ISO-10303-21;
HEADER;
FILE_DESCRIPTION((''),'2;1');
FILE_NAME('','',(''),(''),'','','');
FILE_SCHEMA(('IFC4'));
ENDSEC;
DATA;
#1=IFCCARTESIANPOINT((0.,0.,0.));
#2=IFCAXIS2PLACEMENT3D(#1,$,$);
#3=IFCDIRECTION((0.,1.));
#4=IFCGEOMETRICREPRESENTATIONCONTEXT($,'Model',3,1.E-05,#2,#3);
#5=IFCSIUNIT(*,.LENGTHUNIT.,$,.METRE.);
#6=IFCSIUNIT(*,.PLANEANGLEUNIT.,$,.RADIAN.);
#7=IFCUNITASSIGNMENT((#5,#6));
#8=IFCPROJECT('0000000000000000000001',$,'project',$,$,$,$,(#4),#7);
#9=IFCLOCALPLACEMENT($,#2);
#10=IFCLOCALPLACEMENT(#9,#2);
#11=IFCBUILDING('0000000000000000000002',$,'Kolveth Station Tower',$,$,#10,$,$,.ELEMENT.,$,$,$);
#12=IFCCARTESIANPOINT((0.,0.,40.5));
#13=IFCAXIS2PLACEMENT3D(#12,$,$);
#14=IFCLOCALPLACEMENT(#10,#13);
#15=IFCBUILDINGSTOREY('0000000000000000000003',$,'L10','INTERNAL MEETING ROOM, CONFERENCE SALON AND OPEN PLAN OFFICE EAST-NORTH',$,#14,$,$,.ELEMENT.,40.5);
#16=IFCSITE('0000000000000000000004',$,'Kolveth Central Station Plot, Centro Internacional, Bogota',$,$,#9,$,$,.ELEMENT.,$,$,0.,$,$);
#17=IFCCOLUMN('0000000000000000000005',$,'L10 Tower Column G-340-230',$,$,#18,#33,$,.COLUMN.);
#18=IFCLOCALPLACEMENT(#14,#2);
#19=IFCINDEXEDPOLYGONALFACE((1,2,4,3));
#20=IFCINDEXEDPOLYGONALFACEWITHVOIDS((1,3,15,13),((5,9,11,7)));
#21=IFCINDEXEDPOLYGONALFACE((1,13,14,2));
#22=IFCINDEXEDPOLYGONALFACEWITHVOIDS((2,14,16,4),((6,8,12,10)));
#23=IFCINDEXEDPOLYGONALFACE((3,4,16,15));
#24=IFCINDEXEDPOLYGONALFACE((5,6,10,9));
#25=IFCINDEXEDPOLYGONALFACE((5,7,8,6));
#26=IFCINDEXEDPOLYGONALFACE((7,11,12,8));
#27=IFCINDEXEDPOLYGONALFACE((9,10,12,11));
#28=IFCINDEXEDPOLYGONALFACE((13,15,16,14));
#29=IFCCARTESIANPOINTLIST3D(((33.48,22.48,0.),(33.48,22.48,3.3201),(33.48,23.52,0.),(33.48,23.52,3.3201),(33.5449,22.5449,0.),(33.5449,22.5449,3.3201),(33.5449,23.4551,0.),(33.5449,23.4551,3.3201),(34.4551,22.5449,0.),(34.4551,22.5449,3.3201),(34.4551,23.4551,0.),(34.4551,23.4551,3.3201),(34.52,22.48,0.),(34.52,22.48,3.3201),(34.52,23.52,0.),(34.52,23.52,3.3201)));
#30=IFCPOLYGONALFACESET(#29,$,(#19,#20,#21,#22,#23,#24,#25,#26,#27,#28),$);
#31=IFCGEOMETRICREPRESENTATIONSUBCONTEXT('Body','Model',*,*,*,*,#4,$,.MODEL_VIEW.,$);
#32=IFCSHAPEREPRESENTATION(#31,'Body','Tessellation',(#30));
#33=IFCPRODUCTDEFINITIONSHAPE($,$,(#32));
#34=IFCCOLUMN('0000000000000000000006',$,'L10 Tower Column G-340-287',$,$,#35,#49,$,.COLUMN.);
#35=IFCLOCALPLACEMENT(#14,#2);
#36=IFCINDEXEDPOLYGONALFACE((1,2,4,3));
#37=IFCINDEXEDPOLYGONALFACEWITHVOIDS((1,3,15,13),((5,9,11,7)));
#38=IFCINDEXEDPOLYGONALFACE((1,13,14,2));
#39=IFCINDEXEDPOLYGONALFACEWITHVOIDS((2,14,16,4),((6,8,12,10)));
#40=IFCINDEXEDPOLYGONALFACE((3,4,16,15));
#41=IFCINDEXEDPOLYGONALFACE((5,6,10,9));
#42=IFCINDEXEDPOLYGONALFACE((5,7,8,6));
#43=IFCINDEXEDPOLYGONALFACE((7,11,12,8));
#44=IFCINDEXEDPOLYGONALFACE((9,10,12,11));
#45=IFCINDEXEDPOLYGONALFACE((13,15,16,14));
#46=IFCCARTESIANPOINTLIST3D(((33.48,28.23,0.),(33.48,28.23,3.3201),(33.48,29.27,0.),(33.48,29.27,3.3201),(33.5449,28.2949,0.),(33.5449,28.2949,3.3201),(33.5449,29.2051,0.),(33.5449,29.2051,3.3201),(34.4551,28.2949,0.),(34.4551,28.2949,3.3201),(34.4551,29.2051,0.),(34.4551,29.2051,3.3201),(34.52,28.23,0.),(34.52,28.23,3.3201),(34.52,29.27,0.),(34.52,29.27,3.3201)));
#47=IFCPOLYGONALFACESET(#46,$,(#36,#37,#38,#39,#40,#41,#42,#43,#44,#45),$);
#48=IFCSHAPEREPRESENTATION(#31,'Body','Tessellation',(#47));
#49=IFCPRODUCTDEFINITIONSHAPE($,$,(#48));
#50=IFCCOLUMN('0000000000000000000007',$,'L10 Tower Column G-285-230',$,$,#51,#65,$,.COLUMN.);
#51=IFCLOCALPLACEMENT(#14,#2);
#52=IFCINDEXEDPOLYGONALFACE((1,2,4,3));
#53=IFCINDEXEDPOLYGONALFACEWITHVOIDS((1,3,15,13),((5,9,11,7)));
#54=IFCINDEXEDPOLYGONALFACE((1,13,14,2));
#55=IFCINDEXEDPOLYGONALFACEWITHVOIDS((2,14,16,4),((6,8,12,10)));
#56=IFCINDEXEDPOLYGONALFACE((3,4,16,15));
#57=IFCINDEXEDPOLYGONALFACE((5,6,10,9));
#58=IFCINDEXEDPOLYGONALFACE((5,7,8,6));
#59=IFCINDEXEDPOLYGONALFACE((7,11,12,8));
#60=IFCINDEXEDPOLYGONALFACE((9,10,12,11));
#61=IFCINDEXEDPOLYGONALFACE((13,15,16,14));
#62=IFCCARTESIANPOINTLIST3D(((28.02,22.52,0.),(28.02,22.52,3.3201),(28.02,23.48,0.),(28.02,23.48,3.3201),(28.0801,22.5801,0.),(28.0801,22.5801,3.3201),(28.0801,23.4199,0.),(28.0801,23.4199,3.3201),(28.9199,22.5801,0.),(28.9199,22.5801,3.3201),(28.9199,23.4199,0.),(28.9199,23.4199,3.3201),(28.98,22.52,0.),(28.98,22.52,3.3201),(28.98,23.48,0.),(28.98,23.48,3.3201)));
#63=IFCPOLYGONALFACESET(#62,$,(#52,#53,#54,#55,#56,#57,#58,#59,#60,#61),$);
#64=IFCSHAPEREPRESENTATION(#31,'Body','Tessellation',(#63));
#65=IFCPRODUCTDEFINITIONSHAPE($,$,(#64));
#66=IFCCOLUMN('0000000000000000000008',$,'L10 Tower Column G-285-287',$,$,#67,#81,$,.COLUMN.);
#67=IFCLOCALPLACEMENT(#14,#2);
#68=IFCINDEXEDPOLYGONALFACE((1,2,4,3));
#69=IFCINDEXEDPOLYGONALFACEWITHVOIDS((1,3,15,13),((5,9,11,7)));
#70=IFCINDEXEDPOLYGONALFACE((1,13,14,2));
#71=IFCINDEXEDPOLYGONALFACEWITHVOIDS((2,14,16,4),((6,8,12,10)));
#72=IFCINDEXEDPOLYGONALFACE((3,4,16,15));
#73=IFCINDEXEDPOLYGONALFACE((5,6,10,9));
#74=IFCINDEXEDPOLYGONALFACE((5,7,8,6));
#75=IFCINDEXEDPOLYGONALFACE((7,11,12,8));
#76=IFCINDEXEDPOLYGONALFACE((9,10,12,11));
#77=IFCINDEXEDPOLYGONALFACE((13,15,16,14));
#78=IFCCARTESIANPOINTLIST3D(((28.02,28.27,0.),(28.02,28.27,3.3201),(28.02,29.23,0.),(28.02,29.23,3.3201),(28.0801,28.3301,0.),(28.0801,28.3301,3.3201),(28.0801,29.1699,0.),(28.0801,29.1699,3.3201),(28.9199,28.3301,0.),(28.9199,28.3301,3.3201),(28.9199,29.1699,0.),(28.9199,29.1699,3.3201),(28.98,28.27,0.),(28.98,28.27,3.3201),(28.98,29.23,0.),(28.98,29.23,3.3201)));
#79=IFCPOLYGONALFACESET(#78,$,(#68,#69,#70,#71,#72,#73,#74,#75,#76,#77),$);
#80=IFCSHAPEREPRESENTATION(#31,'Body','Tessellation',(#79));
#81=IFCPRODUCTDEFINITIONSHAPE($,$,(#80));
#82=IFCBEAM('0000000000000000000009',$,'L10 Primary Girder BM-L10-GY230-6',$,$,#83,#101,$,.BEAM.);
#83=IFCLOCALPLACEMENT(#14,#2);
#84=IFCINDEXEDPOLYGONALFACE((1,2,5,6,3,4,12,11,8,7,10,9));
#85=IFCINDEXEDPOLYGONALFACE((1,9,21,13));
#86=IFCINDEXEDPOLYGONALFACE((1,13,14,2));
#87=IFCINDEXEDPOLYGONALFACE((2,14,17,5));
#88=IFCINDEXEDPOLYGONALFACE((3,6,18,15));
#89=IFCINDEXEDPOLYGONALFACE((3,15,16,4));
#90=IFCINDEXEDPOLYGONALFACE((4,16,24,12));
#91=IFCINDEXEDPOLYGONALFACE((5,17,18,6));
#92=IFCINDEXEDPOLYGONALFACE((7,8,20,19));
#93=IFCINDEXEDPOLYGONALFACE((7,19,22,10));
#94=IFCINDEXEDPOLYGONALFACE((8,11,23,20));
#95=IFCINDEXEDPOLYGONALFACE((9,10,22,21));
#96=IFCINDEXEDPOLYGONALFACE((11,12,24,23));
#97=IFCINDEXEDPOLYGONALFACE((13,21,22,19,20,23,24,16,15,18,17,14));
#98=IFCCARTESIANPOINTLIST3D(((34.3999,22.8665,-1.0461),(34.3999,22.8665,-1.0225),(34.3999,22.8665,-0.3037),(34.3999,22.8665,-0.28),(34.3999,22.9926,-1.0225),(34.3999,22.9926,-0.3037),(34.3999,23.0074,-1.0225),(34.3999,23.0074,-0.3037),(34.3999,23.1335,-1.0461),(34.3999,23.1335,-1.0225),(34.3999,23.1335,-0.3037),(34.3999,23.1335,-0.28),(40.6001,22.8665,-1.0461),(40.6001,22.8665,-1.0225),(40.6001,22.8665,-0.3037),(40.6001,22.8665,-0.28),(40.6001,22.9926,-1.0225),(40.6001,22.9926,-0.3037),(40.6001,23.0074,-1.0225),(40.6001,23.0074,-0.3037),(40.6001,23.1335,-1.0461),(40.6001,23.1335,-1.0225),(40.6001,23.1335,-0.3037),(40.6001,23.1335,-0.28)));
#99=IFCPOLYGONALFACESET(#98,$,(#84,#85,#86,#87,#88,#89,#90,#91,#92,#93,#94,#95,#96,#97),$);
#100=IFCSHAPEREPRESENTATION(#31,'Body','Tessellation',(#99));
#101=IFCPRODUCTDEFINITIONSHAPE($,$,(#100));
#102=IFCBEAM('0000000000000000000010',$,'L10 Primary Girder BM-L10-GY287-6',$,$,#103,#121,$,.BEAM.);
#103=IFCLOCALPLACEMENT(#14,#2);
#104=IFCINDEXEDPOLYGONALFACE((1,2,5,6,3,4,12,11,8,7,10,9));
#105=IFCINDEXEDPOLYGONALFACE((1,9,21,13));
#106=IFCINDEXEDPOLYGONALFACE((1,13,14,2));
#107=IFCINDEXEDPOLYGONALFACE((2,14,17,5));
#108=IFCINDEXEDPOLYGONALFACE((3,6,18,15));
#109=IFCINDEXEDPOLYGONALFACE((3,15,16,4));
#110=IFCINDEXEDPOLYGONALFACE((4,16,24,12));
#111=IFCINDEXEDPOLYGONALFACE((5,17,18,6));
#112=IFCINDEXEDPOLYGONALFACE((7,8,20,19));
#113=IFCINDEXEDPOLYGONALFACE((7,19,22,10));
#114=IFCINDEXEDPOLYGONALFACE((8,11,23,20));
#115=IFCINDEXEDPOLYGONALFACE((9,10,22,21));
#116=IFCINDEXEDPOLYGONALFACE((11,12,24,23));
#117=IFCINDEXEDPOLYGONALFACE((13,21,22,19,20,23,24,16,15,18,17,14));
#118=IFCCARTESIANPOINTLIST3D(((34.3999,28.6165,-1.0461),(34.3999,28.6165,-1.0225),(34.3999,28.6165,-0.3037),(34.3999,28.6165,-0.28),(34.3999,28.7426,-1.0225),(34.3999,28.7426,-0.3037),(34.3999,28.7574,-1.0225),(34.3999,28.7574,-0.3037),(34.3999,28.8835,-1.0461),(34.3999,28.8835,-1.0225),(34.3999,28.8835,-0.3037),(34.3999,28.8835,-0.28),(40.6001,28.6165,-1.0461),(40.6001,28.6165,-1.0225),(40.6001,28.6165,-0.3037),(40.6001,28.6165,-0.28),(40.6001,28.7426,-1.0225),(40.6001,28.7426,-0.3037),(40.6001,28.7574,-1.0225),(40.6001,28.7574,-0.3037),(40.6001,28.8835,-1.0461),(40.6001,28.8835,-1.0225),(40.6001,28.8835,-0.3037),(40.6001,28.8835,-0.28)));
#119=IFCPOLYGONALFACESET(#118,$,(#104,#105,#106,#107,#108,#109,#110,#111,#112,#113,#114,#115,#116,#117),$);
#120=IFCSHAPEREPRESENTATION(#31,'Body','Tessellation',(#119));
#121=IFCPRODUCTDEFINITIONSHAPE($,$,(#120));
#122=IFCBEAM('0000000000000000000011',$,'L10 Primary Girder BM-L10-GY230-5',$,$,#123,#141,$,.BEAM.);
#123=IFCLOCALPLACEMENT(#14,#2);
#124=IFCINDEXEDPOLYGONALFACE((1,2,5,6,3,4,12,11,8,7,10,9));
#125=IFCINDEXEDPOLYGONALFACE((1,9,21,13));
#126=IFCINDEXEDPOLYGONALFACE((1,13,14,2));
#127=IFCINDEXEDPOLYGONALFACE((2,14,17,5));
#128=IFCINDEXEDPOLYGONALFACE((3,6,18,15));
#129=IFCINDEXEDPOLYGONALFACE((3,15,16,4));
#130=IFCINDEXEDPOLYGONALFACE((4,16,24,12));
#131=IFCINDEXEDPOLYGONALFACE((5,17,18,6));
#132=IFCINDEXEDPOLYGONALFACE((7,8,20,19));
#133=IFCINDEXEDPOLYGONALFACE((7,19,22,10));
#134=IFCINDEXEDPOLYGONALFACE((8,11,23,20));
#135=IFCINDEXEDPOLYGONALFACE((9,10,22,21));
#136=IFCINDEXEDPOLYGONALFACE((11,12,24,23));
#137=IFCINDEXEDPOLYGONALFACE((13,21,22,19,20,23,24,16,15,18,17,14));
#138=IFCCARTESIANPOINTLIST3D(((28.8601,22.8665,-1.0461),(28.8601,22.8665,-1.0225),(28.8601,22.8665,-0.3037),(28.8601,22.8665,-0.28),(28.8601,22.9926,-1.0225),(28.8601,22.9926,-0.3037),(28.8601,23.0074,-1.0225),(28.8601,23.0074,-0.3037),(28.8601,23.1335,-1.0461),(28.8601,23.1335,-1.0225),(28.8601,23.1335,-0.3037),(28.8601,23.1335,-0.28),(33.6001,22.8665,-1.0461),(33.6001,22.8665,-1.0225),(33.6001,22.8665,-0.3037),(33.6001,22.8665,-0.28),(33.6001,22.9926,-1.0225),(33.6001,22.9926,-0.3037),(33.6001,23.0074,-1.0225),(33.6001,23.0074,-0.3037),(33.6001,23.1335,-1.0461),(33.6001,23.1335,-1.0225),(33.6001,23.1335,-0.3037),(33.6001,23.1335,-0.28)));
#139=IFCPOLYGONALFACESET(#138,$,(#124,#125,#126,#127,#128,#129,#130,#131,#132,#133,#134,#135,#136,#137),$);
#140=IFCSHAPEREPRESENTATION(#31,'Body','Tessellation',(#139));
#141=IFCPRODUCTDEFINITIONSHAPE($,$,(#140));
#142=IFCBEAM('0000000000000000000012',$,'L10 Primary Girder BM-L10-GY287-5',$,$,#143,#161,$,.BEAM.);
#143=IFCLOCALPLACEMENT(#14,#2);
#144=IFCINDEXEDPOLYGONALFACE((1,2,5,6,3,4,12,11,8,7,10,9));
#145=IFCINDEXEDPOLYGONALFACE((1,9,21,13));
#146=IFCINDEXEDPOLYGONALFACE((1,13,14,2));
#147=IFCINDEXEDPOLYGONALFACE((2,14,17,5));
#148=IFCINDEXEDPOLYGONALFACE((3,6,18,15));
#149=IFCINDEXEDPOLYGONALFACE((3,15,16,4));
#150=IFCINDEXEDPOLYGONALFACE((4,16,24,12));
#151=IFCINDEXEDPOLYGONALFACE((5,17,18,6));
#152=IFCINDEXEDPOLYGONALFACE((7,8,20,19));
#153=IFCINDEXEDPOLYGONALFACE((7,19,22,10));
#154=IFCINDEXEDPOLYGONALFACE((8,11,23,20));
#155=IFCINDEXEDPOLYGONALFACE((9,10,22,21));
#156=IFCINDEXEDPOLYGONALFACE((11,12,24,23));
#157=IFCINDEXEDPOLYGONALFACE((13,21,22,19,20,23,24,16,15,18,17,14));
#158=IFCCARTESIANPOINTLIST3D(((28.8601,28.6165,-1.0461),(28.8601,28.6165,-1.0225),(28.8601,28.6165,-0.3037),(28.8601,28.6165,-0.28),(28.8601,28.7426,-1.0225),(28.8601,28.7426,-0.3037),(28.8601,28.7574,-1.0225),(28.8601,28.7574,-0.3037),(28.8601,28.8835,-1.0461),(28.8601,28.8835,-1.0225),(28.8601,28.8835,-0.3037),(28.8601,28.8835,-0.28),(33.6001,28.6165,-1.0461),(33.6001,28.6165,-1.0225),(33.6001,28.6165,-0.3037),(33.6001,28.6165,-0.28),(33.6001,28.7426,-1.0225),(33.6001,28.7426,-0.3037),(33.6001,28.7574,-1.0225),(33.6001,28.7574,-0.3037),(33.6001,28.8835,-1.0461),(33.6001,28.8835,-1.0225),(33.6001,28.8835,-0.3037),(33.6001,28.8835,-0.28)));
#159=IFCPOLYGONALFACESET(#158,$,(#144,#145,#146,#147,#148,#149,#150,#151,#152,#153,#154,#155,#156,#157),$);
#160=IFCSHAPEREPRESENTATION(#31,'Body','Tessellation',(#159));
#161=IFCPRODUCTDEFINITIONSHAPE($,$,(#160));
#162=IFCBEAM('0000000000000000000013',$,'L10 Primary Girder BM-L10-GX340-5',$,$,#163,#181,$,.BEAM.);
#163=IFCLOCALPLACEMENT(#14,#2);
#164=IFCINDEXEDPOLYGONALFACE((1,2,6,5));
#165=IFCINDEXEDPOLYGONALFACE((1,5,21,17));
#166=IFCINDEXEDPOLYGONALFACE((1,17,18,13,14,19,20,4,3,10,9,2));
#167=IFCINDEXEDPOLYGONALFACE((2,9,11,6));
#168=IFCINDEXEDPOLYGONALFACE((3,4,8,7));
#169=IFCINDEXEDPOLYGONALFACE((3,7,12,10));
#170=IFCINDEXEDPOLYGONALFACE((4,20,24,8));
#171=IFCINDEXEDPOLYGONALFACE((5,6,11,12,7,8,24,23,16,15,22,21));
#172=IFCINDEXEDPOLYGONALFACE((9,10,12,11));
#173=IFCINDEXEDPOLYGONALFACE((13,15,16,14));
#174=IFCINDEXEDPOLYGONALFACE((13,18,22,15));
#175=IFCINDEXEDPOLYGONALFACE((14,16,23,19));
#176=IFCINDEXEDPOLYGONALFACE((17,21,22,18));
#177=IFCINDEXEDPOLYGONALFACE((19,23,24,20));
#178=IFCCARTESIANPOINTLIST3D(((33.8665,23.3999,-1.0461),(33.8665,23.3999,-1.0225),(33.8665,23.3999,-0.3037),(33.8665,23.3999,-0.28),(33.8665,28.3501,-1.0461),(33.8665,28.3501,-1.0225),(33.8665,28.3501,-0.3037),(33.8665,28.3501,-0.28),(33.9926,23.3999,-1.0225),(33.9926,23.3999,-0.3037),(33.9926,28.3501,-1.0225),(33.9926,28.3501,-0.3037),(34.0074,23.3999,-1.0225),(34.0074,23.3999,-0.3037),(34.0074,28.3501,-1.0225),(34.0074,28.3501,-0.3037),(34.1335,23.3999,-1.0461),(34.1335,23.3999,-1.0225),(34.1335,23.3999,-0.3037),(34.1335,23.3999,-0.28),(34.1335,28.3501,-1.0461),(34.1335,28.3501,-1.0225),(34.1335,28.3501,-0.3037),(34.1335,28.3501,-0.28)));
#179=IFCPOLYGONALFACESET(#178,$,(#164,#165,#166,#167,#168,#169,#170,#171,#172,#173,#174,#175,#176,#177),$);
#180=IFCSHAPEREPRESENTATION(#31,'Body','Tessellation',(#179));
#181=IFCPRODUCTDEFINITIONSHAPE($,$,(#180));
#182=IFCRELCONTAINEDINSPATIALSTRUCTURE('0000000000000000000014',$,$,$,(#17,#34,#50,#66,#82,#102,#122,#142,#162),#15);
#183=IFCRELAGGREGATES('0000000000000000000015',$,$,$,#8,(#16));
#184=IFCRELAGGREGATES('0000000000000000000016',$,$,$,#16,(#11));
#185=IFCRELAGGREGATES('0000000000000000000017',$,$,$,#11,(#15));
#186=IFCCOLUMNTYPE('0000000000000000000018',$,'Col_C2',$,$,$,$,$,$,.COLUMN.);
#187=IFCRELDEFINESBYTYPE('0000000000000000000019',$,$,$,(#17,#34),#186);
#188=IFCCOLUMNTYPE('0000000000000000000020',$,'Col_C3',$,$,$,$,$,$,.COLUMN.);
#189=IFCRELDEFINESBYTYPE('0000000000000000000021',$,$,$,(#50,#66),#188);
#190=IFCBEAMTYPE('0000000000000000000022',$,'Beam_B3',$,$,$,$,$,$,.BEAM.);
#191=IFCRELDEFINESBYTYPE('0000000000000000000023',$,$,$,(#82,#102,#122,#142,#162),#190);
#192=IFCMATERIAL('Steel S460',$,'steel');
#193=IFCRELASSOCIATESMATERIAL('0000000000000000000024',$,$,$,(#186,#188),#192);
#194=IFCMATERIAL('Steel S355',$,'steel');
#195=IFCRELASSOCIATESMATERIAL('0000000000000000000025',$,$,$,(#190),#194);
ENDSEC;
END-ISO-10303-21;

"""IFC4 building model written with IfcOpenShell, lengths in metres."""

from ifc_helpers import new_model, si_unit, direction, frame, origin, origin_2d, place, context, subcontext, project, spatial, hollow_rectangle, i_section, extrude, source, transform, mapped, material, material_profile, profile_set, type_object, element, save


model = new_model("IFC4")

# Units and contexts
model_context = context("Model", 3, precision=1e-05, world=origin(), true_north=direction((0.0, 1.0)))
body_context = subcontext(model_context, "Body", "Model", "MODEL_VIEW")
ifc_project = project(units=[si_unit("LENGTHUNIT", "METRE"), si_unit("PLANEANGLEUNIT", "RADIAN")], contexts=[model_context])

# Site, building, storey
site_placement = place(None, origin())
site = spatial("IfcSite", under=ifc_project, at=site_placement, Name="Kolveth Central Station Plot, Centro Internacional, Bogota", CompositionType="ELEMENT", RefElevation=0.0)
building_placement = place(site_placement, origin())
building = spatial("IfcBuilding", under=site, at=building_placement, Name="Kolveth Station Tower", CompositionType="ELEMENT")
storey_placement = place(building_placement, frame((0.0, 0.0, 40.5)))
storey = spatial("IfcBuildingStorey", under=building, at=storey_placement, Name="L10", Description="INTERNAL MEETING ROOM, CONFERENCE SALON AND OPEN PLAN OFFICE EAST-NORTH", CompositionType="ELEMENT", Elevation=40.5)

# Columns
ifc_material_1 = material(Name="Steel S460", Category="steel")
ifc_material_profile_1 = material_profile(ifc_material_1, hollow_rectangle(XDim=1.04, YDim=1.04, WallThickness=0.0649, at=origin_2d()), Name="BOX1040x1040x65")
ifc_profile_set_1 = profile_set([ifc_material_profile_1], Name="Steel S460")
column_type_1 = type_object("IfcColumnType", Name="Col_C2", PredefinedType="COLUMN", material=ifc_profile_set_1)
shared_shape_1 = source(origin(), body_context, "Body", "SweptSolid", [
    extrude(hollow_rectangle(XDim=1.04, YDim=1.04, WallThickness=0.0649, at=origin_2d()), origin(), (0.0, 0.0, 1.0), 3.3201),
])
for number, where, z_axis, x_axis, name in (
    (1, (34.0, 23.0, 0.0), (0.0, 0.0, 1.0), (1.0, 0.0, 0.0), "L10 Tower Column G-340-230"),
    (2, (34.0, 28.75, 0.0), (0.0, 0.0, 1.0), (1.0, 0.0, 0.0), "L10 Tower Column G-340-287"),
):
    element("IfcColumn", number, at=place(storey_placement, frame(where, z_axis=z_axis, x_axis=x_axis)), inside=storey, type_object=column_type_1, Name=name, PredefinedType="COLUMN", context=body_context, shape_type="MappedRepresentation", body=[
        mapped(shared_shape_1, transform((0.0, 0.0, 0.0), x_axis=(1.0, 0.0, 0.0), y_axis=(0.0, 1.0, 0.0), z_axis=(0.0, 0.0, 1.0), scale=1.0)),
    ])
ifc_material_profile_2 = material_profile(ifc_material_1, hollow_rectangle(XDim=0.96, YDim=0.96, WallThickness=0.0601, at=origin_2d()), Name="BOX960x960x60")
ifc_profile_set_2 = profile_set([ifc_material_profile_2], Name="Steel S460")
column_type_2 = type_object("IfcColumnType", Name="Col_C3", PredefinedType="COLUMN", material=ifc_profile_set_2)
shared_shape_2 = source(origin(), body_context, "Body", "SweptSolid", [
    extrude(hollow_rectangle(XDim=0.96, YDim=0.96, WallThickness=0.0601, at=origin_2d()), origin(), (0.0, 0.0, 1.0), 3.3201),
])
for number, where, z_axis, x_axis, name in (
    (3, (28.5, 23.0, 0.0), (0.0, 0.0, 1.0), (1.0, 0.0, 0.0), "L10 Tower Column G-285-230"),
    (4, (28.5, 28.75, 0.0), (0.0, 0.0, 1.0), (1.0, 0.0, 0.0), "L10 Tower Column G-285-287"),
):
    element("IfcColumn", number, at=place(storey_placement, frame(where, z_axis=z_axis, x_axis=x_axis)), inside=storey, type_object=column_type_2, Name=name, PredefinedType="COLUMN", context=body_context, shape_type="MappedRepresentation", body=[
        mapped(shared_shape_2, transform((0.0, 0.0, 0.0), x_axis=(1.0, 0.0, 0.0), y_axis=(0.0, 1.0, 0.0), z_axis=(0.0, 0.0, 1.0), scale=1.0)),
    ])

# Beams
ifc_material_2 = material(Name="Steel S355", Category="steel")
ifc_material_profile_3 = material_profile(ifc_material_2, i_section(OverallWidth=0.2671, OverallDepth=0.7661, WebThickness=0.0149, FlangeThickness=0.0237, at=origin_2d()), Name="W760x185")
ifc_profile_set_3 = profile_set([ifc_material_profile_3], Name="Steel S355")
beam_type_1 = type_object("IfcBeamType", Name="Beam_B3", PredefinedType="BEAM", material=ifc_profile_set_3)
shared_shape_3 = source(origin(), body_context, "Body", "SweptSolid", [
    extrude(i_section(OverallWidth=0.2671, OverallDepth=0.7661, WebThickness=0.0149, FlangeThickness=0.0237, at=origin_2d()), origin(), (0.0, 0.0, 1.0), 6.2002),
])
for number, where, z_axis, x_axis, name in (
    (5, (34.3999, 23.0, -0.6631), (1.0, 0.0, 0.0), (0.0, 1.0, 0.0), "L10 Primary Girder BM-L10-GY230-6"),
    (6, (34.3999, 28.75, -0.6631), (1.0, 0.0, 0.0), (0.0, 1.0, 0.0), "L10 Primary Girder BM-L10-GY287-6"),
):
    element("IfcBeam", number, at=place(storey_placement, frame(where, z_axis=z_axis, x_axis=x_axis)), inside=storey, type_object=beam_type_1, Name=name, PredefinedType="BEAM", context=body_context, shape_type="MappedRepresentation", body=[
        mapped(shared_shape_3, transform((0.0, 0.0, 0.0), x_axis=(1.0, 0.0, 0.0), y_axis=(0.0, 1.0, 0.0), z_axis=(0.0, 0.0, 1.0), scale=1.0)),
    ])
shared_shape_4 = source(origin(), body_context, "Body", "SweptSolid", [
    extrude(i_section(OverallWidth=0.2671, OverallDepth=0.7661, WebThickness=0.0149, FlangeThickness=0.0237, at=origin_2d()), origin(), (0.0, 0.0, 1.0), 4.74),
])
for number, where, z_axis, x_axis, name in (
    (7, (28.8601, 23.0, -0.6631), (1.0, 0.0, 0.0), (0.0, 1.0, 0.0), "L10 Primary Girder BM-L10-GY230-5"),
    (8, (28.8601, 28.75, -0.6631), (1.0, 0.0, 0.0), (0.0, 1.0, 0.0), "L10 Primary Girder BM-L10-GY287-5"),
):
    element("IfcBeam", number, at=place(storey_placement, frame(where, z_axis=z_axis, x_axis=x_axis)), inside=storey, type_object=beam_type_1, Name=name, PredefinedType="BEAM", context=body_context, shape_type="MappedRepresentation", body=[
        mapped(shared_shape_4, transform((0.0, 0.0, 0.0), x_axis=(1.0, 0.0, 0.0), y_axis=(0.0, 1.0, 0.0), z_axis=(0.0, 0.0, 1.0), scale=1.0)),
    ])
shared_shape_5 = source(origin(), body_context, "Body", "SweptSolid", [
    extrude(i_section(OverallWidth=0.2671, OverallDepth=0.7661, WebThickness=0.0149, FlangeThickness=0.0237, at=origin_2d()), origin(), (0.0, 0.0, 1.0), 4.9502),
])
beam_1_placement = place(storey_placement, frame((34.0, 23.3999, -0.6631), z_axis=(0.0, 1.0, 0.0), x_axis=(-1.0, 0.0, 0.0)))
element("IfcBeam", 9, at=beam_1_placement, inside=storey, type_object=beam_type_1, Name="L10 Primary Girder BM-L10-GX340-5", PredefinedType="BEAM", context=body_context, shape_type="MappedRepresentation", body=[
    mapped(shared_shape_5, transform((0.0, 0.0, 0.0), x_axis=(1.0, 0.0, 0.0), y_axis=(0.0, 1.0, 0.0), z_axis=(0.0, 0.0, 1.0), scale=1.0)),
])

save(model, "model.ifc")
